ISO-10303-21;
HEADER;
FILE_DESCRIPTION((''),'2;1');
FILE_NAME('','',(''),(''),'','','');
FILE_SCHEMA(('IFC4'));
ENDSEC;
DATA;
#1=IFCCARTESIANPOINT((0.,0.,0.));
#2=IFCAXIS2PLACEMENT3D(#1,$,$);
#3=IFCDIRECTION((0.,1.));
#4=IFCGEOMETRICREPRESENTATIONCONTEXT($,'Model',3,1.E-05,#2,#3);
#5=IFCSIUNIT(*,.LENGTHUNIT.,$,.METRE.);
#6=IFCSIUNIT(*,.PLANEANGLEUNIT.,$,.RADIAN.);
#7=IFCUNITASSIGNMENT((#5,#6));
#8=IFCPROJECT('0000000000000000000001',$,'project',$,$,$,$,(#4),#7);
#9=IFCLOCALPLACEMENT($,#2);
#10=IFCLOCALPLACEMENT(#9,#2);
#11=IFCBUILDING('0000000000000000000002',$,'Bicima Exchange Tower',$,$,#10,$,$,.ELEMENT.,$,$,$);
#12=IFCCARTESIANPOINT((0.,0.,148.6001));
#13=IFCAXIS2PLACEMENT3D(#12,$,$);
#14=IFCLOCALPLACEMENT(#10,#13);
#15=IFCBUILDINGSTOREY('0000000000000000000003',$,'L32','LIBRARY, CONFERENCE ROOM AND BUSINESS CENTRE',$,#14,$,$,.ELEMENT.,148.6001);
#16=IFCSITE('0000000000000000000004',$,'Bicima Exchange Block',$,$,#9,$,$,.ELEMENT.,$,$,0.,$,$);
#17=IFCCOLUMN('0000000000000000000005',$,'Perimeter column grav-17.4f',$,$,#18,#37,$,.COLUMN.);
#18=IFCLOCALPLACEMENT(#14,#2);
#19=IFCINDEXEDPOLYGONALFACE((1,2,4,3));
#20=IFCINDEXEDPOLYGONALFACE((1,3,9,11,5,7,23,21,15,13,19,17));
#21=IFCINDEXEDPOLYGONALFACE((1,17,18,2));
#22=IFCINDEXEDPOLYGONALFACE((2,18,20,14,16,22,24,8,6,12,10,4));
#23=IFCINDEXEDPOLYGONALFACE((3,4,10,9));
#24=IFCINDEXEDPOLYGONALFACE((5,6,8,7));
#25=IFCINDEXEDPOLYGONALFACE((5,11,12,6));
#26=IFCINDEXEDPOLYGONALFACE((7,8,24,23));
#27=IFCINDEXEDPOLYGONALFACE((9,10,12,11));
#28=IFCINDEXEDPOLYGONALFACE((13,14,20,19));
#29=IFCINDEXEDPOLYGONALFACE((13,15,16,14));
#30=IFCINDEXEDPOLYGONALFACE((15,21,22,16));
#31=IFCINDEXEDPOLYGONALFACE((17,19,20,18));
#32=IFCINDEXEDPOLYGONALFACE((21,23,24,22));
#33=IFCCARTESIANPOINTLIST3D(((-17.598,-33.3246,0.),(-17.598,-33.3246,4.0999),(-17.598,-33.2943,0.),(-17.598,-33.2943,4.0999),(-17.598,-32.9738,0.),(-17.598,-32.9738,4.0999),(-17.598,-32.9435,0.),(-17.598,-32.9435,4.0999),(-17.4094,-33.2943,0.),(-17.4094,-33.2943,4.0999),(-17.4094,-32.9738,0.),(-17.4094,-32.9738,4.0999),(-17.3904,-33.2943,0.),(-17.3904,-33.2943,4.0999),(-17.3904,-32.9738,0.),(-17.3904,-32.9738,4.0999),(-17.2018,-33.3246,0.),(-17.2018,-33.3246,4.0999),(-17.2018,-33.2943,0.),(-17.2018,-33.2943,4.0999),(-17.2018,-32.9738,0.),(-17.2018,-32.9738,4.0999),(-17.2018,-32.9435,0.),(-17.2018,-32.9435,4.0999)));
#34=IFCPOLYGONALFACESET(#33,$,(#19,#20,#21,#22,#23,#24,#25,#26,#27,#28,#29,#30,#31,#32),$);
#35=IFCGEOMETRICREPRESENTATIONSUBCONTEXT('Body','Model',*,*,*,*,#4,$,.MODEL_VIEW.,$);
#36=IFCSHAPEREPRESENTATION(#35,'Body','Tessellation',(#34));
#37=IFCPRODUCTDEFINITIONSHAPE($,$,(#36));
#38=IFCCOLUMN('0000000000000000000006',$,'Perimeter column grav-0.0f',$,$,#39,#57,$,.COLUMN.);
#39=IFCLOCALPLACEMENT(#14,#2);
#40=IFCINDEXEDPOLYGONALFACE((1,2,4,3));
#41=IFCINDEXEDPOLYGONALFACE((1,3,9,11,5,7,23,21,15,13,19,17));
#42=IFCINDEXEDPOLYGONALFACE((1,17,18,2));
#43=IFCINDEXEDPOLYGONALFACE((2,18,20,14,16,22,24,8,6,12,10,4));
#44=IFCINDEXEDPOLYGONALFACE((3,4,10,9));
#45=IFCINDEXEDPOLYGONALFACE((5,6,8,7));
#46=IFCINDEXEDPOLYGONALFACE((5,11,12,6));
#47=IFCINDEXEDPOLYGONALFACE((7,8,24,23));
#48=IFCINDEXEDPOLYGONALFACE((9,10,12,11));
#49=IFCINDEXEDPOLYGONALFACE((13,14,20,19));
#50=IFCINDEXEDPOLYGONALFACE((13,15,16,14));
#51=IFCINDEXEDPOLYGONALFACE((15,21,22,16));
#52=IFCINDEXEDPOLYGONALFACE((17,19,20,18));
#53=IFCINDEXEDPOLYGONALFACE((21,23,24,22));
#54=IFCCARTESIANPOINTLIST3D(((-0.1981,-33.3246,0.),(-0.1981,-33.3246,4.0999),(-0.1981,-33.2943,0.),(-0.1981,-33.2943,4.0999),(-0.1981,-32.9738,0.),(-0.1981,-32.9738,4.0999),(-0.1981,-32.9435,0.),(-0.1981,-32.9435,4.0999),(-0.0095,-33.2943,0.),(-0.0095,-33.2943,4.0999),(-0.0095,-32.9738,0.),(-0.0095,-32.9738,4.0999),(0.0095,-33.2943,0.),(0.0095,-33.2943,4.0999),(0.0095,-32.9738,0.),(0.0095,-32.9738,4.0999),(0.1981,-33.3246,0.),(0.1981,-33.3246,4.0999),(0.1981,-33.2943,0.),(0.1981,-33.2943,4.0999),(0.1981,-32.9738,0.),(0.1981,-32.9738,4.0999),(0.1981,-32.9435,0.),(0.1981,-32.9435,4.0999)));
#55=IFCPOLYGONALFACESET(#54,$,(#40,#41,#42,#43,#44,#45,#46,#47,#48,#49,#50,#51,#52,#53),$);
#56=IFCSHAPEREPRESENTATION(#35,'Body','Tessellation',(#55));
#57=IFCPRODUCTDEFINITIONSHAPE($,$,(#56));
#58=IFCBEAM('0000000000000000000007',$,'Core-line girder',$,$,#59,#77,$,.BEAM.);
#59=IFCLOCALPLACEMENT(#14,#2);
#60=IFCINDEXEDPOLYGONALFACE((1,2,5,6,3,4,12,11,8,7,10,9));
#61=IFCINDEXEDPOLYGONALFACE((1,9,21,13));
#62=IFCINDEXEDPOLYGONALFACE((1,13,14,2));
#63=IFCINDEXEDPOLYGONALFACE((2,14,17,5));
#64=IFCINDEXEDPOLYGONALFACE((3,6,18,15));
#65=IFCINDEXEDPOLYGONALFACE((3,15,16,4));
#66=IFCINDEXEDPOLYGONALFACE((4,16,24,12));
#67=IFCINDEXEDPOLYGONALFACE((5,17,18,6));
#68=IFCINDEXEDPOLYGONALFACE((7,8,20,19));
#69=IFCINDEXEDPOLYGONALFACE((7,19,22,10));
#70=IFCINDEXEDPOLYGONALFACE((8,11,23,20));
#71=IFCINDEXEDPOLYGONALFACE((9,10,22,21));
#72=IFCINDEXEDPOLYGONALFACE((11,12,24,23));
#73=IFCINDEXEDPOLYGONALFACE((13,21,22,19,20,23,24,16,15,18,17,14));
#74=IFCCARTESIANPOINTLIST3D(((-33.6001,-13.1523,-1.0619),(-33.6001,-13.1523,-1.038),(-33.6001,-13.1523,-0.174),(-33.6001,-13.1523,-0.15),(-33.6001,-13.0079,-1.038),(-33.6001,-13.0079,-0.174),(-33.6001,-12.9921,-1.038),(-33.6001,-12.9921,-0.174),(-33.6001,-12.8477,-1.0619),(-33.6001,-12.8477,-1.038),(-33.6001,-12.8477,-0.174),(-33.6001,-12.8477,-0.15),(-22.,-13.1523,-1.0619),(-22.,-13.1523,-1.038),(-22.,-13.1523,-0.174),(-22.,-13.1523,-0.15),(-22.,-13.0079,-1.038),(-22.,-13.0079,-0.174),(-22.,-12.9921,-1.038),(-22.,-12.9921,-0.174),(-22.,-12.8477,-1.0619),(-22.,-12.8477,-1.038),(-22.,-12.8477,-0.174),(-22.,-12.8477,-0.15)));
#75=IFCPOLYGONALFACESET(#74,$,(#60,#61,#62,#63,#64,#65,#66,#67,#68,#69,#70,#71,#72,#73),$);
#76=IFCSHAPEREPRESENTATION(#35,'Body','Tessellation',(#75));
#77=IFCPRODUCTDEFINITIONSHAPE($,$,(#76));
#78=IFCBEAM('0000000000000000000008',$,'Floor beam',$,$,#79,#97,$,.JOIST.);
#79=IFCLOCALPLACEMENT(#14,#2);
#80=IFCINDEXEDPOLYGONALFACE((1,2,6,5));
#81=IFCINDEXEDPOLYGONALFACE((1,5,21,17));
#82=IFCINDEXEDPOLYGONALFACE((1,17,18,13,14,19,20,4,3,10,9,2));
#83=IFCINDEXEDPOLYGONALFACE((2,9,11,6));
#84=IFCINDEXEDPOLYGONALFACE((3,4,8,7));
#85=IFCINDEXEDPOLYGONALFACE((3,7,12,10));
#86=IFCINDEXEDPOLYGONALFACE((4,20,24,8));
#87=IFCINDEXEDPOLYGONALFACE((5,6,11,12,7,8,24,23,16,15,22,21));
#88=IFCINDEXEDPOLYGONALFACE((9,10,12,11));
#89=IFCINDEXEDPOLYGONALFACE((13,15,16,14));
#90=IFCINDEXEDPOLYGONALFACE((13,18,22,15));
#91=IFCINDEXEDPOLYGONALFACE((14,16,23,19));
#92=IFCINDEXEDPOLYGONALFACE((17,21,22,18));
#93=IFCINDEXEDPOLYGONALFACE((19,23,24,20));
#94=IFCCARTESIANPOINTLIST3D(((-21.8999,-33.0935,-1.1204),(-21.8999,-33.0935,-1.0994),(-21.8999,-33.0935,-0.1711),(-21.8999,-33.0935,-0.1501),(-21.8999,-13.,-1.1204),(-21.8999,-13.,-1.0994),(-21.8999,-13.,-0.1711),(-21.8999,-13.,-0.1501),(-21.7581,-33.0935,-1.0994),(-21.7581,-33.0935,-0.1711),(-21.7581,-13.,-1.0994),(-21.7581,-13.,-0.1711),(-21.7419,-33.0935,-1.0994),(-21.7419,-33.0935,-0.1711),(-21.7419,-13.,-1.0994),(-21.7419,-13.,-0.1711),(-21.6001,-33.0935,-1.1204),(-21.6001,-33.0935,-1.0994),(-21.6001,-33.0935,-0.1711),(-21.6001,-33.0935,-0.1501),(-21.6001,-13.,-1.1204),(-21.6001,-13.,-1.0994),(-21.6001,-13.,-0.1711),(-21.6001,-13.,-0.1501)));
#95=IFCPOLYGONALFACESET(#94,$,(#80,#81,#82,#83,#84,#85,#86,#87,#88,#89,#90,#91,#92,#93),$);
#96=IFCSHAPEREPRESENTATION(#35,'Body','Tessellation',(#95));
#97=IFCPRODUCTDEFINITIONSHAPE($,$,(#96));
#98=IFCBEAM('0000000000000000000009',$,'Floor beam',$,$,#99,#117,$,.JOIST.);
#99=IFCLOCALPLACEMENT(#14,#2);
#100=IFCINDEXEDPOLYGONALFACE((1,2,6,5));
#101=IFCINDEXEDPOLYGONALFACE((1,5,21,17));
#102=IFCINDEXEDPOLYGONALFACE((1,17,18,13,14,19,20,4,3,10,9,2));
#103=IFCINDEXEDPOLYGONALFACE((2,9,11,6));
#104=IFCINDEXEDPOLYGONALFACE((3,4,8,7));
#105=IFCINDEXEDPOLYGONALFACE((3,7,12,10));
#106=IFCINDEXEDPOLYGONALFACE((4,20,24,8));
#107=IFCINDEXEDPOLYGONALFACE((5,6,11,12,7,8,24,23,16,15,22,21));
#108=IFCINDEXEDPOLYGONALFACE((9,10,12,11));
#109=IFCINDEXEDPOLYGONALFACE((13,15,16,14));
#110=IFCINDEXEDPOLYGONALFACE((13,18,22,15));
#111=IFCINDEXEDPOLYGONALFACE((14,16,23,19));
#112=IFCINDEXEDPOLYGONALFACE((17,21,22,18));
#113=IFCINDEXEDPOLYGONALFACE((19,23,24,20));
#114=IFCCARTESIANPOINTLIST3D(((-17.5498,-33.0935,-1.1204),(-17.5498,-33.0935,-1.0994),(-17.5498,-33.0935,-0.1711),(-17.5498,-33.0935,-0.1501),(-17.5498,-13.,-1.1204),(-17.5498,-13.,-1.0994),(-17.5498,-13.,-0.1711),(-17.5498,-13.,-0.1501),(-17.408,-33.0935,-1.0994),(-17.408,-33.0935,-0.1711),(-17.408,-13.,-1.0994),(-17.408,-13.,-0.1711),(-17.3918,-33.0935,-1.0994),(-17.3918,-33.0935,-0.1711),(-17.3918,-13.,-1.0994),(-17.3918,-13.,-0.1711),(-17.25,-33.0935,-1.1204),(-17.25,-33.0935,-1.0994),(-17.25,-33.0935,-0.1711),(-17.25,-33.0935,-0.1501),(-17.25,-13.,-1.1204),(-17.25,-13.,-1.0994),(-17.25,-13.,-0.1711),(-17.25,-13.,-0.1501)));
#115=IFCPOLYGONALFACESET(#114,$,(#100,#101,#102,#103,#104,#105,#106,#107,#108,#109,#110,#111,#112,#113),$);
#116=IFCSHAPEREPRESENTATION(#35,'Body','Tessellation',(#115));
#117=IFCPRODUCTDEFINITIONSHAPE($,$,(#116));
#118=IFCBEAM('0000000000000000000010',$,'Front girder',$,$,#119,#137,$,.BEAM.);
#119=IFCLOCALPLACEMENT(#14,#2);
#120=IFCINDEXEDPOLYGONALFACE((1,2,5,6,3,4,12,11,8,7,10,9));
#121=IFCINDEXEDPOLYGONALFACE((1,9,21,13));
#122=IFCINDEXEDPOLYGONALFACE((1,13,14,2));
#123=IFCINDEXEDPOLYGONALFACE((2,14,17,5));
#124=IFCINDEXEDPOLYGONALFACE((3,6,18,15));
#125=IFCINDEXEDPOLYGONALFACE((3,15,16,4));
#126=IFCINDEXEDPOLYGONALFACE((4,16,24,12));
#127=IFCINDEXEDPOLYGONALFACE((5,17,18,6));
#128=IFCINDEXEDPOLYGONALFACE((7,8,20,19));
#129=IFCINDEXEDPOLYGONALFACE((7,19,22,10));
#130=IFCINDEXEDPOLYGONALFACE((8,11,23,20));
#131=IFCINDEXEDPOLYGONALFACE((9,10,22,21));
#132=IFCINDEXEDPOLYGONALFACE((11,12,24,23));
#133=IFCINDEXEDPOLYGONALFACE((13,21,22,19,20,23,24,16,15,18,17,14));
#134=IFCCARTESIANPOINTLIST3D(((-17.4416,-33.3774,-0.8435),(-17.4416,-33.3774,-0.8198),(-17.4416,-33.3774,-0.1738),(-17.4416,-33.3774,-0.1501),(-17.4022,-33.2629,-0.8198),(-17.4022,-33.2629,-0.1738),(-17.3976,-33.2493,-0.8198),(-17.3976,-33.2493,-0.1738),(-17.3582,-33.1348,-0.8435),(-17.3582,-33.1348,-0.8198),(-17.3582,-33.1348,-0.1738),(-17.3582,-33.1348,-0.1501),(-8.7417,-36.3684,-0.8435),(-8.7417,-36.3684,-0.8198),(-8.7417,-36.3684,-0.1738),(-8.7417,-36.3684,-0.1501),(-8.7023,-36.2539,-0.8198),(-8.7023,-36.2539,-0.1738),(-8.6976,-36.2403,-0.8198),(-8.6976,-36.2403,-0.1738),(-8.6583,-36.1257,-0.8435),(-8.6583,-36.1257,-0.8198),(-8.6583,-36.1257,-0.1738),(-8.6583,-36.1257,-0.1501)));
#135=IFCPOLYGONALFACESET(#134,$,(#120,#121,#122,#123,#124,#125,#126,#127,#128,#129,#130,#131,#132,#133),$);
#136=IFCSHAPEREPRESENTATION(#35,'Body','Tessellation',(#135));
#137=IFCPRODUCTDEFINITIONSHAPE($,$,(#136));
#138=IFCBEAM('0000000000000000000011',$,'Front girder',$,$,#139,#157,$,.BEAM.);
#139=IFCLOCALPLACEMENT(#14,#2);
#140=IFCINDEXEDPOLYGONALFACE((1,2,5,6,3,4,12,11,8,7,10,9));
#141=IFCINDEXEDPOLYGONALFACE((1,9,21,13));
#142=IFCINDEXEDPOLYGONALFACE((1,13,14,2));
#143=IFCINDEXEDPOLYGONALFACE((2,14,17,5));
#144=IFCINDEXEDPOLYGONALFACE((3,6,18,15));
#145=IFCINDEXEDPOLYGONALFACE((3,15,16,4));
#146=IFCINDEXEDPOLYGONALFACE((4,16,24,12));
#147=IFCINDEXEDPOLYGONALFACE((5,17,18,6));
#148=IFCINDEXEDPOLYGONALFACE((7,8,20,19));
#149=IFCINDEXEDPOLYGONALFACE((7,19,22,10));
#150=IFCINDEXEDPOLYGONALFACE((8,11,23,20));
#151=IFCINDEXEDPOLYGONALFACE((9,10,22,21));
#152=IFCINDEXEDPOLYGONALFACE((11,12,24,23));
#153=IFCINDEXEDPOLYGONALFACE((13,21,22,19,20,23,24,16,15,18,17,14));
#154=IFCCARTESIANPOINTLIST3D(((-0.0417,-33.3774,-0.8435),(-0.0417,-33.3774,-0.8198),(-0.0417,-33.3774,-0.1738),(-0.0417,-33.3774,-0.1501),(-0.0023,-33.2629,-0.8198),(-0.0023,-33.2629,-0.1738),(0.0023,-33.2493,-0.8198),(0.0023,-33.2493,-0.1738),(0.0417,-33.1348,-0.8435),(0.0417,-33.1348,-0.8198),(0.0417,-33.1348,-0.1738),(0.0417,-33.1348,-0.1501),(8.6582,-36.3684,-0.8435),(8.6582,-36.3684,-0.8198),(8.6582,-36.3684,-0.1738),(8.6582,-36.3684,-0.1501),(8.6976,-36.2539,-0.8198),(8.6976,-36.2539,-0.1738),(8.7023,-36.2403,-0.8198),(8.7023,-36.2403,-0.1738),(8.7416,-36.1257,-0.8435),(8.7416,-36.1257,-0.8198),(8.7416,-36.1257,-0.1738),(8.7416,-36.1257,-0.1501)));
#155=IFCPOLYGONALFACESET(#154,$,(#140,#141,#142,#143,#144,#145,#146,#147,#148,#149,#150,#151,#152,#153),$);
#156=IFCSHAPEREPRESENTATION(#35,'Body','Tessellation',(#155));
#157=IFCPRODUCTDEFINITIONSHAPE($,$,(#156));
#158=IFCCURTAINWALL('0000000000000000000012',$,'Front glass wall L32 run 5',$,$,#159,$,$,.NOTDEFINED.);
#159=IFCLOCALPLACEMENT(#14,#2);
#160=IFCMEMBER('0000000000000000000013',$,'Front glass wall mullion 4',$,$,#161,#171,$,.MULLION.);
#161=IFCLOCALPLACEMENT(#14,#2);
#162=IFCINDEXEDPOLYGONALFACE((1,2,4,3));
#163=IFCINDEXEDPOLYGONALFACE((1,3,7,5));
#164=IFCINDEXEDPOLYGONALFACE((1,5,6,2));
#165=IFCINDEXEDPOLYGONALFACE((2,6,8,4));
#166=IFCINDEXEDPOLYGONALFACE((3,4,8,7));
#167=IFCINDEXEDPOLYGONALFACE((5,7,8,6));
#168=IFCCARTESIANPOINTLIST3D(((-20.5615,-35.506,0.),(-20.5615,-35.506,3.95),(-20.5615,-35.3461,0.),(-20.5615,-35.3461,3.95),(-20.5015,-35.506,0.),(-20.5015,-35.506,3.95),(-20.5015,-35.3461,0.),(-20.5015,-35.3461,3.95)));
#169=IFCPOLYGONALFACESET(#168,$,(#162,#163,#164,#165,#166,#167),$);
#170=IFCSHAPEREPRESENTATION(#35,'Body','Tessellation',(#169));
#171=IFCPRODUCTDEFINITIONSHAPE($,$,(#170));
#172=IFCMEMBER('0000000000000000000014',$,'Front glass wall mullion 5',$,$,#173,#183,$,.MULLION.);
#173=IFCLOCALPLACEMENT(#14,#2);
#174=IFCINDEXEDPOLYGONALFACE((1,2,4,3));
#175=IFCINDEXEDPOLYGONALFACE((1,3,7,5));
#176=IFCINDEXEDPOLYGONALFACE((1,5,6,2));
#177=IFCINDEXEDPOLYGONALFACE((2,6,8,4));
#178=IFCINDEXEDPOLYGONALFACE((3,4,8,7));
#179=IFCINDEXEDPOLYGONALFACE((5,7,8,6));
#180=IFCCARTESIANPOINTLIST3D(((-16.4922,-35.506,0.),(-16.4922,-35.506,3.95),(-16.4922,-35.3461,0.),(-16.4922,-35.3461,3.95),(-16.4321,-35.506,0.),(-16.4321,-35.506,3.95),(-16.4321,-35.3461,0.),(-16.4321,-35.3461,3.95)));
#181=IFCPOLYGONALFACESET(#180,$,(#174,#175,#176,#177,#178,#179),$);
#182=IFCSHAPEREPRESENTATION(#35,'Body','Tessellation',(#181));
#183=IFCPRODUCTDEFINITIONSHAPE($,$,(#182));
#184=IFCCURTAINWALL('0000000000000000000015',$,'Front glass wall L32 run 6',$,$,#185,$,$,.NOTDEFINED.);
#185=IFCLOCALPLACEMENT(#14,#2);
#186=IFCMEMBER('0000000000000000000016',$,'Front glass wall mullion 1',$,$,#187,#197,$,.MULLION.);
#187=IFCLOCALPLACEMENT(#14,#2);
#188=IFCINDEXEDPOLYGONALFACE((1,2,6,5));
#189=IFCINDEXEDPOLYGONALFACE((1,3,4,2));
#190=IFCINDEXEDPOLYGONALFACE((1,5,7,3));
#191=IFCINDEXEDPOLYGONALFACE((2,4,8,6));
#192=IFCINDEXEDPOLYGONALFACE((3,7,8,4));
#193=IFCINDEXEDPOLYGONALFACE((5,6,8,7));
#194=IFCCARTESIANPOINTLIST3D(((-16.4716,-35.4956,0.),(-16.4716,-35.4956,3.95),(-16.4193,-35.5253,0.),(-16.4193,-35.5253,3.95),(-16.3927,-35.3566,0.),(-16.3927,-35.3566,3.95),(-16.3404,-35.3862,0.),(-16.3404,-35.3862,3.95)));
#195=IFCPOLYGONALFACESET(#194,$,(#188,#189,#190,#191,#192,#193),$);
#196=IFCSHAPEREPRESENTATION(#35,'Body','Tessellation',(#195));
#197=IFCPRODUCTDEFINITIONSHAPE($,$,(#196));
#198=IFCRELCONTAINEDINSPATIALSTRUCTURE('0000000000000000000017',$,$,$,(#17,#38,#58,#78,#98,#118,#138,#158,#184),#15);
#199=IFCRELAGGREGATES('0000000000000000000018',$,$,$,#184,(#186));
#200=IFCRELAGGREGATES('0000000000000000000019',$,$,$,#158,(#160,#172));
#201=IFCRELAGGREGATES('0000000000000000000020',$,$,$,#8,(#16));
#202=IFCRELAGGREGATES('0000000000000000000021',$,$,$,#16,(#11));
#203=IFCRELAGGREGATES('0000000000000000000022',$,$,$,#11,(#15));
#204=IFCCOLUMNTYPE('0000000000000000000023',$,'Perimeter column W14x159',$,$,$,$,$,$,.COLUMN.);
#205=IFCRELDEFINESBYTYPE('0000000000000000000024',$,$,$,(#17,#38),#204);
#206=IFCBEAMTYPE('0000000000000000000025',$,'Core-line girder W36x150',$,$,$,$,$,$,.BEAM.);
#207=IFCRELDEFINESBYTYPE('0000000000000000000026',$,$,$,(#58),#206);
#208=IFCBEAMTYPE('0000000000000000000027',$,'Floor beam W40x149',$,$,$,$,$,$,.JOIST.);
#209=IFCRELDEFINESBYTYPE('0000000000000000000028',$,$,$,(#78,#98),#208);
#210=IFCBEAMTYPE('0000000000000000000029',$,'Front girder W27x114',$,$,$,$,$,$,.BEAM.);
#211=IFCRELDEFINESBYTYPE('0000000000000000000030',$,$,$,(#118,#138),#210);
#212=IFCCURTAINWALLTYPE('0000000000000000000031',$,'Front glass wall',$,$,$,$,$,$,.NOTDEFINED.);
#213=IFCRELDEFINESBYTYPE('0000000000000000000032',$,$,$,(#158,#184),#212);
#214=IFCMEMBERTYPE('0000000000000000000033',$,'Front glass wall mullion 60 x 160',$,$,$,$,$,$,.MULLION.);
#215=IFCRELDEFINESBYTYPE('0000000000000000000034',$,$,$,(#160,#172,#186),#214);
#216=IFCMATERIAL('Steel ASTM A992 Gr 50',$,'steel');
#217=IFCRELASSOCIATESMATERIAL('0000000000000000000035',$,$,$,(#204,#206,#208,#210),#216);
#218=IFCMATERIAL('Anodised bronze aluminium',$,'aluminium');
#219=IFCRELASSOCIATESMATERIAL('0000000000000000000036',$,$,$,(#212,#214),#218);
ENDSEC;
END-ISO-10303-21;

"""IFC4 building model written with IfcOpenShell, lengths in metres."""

from ifc_helpers import new_model, si_unit, direction, frame, origin, origin_2d, place, context, subcontext, project, spatial, rectangle, i_section, extrude, material, material_profile, profile_set, type_object, element, aggregate, save


model = new_model("IFC4")

# Units and contexts
model_context = context("Model", 3, precision=1e-05, world=origin(), true_north=direction((0.0, 1.0)))
body_context = subcontext(model_context, "Body", "Model", "MODEL_VIEW")
ifc_project = project(units=[si_unit("LENGTHUNIT", "METRE"), si_unit("PLANEANGLEUNIT", "RADIAN")], contexts=[model_context])

# Site, building, storey
site_placement = place(None, origin())
site = spatial("IfcSite", under=ifc_project, at=site_placement, Name="Bicima Exchange Block", CompositionType="ELEMENT", RefElevation=0.0)
building_placement = place(site_placement, origin())
building = spatial("IfcBuilding", under=site, at=building_placement, Name="Bicima Exchange Tower", CompositionType="ELEMENT")
storey_placement = place(building_placement, frame((0.0, 0.0, 148.6001)))
storey = spatial("IfcBuildingStorey", under=building, at=storey_placement, Name="L32", Description="LIBRARY, CONFERENCE ROOM AND BUSINESS CENTRE", CompositionType="ELEMENT", Elevation=148.6001)

# Columns
ifc_material_1 = material(Name="Steel ASTM A992 Gr 50", Category="steel")
ifc_material_profile_1 = material_profile(ifc_material_1, i_section(OverallWidth=0.3962, OverallDepth=0.3811, WebThickness=0.019, FlangeThickness=0.0303, at=origin_2d()))
ifc_profile_set_1 = profile_set([ifc_material_profile_1], Name="Steel ASTM A992 Gr 50")
column_type = type_object("IfcColumnType", Name="Perimeter column W14x159", PredefinedType="COLUMN", material=ifc_profile_set_1)
for number, where, z_axis, x_axis, name in (
    (1, (-17.3999, -33.134, 0.0), (0.0, 0.0, 1.0), (1.0, 0.0, 0.0), "Perimeter column grav-17.4f"),
    (2, (0.0, -33.134, 0.0), (0.0, 0.0, 1.0), (1.0, 0.0, 0.0), "Perimeter column grav-0.0f"),
):
    element("IfcColumn", number, at=place(storey_placement, frame(where, z_axis=z_axis, x_axis=x_axis)), inside=storey, type_object=column_type, Name=name, PredefinedType="COLUMN", context=body_context, shape_type="SweptSolid", body=[
        extrude(i_section(OverallWidth=0.3962, OverallDepth=0.3811, WebThickness=0.019, FlangeThickness=0.0303, at=origin_2d()), origin(), (0.0, 0.0, 1.0), 4.0999),
    ])

# Beams
ifc_material_profile_2 = material_profile(ifc_material_1, i_section(OverallWidth=0.3047, OverallDepth=0.9119, WebThickness=0.0159, FlangeThickness=0.0239, at=origin_2d()))
ifc_profile_set_2 = profile_set([ifc_material_profile_2], Name="Steel ASTM A992 Gr 50")
beam_type_1 = type_object("IfcBeamType", Name="Core-line girder W36x150", PredefinedType="BEAM", material=ifc_profile_set_2)
beam_placement = place(storey_placement, frame((-22.0, -13.0, -0.606), z_axis=(-1.0, 0.0, 0.0), x_axis=(0.0, -1.0, 0.0)))
element("IfcBeam", 3, at=beam_placement, inside=storey, type_object=beam_type_1, Name="Core-line girder", PredefinedType="BEAM", context=body_context, shape_type="SweptSolid", body=[
    extrude(i_section(OverallWidth=0.3047, OverallDepth=0.9119, WebThickness=0.0159, FlangeThickness=0.0239, at=origin_2d()), origin(), (0.0, 0.0, 1.0), 11.6001),
])
ifc_material_profile_3 = material_profile(ifc_material_1, i_section(OverallWidth=0.2998, OverallDepth=0.9702, WebThickness=0.0161, FlangeThickness=0.021, at=origin_2d()))
ifc_profile_set_3 = profile_set([ifc_material_profile_3], Name="Steel ASTM A992 Gr 50")
beam_type_2 = type_object("IfcBeamType", Name="Floor beam W40x149", PredefinedType="JOIST", material=ifc_profile_set_3)
for number, where, z_axis, x_axis, name in (
    (4, (-21.75, -13.0, -0.6353), (0.0, -1.0, 0.0), (1.0, 0.0, 0.0), "Floor beam"),
    (5, (-17.3999, -13.0, -0.6353), (0.0, -1.0, 0.0), (1.0, 0.0, 0.0), "Floor beam"),
):
    element("IfcBeam", number, at=place(storey_placement, frame(where, z_axis=z_axis, x_axis=x_axis)), inside=storey, type_object=beam_type_2, Name=name, PredefinedType="JOIST", context=body_context, shape_type="SweptSolid", body=[
        extrude(i_section(OverallWidth=0.2998, OverallDepth=0.9702, WebThickness=0.0161, FlangeThickness=0.021, at=origin_2d()), origin(), (0.0, 0.0, 1.0), 20.0935),
    ])
ifc_material_profile_4 = material_profile(ifc_material_1, i_section(OverallWidth=0.2566, OverallDepth=0.6934, WebThickness=0.0144, FlangeThickness=0.0237, at=origin_2d()))
ifc_profile_set_4 = profile_set([ifc_material_profile_4], Name="Steel ASTM A992 Gr 50")
beam_type_3 = type_object("IfcBeamType", Name="Front girder W27x114", PredefinedType="BEAM", material=ifc_profile_set_4)
for number, where, z_axis, x_axis, name in (
    (6, (-17.3999, -33.2561, -0.4968), (0.945675, -0.325115, 0.0), (0.325115, 0.945675, 0.0), "Front girder"),
    (7, (0.0, -33.2561, -0.4968), (0.945675, -0.325115, 0.0), (0.325115, 0.945675, 0.0), "Front girder"),
):
    element("IfcBeam", number, at=place(storey_placement, frame(where, z_axis=z_axis, x_axis=x_axis)), inside=storey, type_object=beam_type_3, Name=name, PredefinedType="BEAM", context=body_context, shape_type="SweptSolid", body=[
        extrude(i_section(OverallWidth=0.2566, OverallDepth=0.6934, WebThickness=0.0144, FlangeThickness=0.0237, at=origin_2d()), origin(), (0.0, 0.0, 1.0), 9.1997),
    ])

# Curtain walls, members
ifc_material_2 = material(Name="Anodised bronze aluminium", Category="aluminium")
curtain_wall_type = type_object("IfcCurtainWallType", Name="Front glass wall", PredefinedType="NOTDEFINED", material=ifc_material_2)
curtain_wall_1_placement = place(storey_placement, origin())
curtain_wall_1 = element("IfcCurtainWall", 8, at=curtain_wall_1_placement, inside=storey, type_object=curtain_wall_type, Name="Front glass wall L32 run 5", PredefinedType="NOTDEFINED")
ifc_material_profile_5 = material_profile(ifc_material_2, rectangle(XDim=0.1599, YDim=0.0601, at=origin_2d()))
ifc_profile_set_5 = profile_set([ifc_material_profile_5], Name="Anodised bronze aluminium")
member_type_1 = type_object("IfcMemberType", Name="Front glass wall mullion 60 x 160", PredefinedType="MULLION", material=ifc_profile_set_5)
member_1_placement = place(storey_placement, frame((-20.5315, -35.426, 0.0), z_axis=(0.0, 0.0, 1.0), x_axis=(0.0, 1.0, 0.0)))
member_1 = element("IfcMember", 9, at=member_1_placement, type_object=member_type_1, Name="Front glass wall mullion 4", PredefinedType="MULLION", context=body_context, shape_type="SweptSolid", body=[
    extrude(rectangle(XDim=0.1599, YDim=0.0601, at=origin_2d()), origin(), (0.0, 0.0, 1.0), 3.95),
])
member_2_placement = place(storey_placement, frame((-16.4622, -35.426, 0.0), z_axis=(0.0, 0.0, 1.0), x_axis=(0.0, 1.0, 0.0)))
member_2 = element("IfcMember", 10, at=member_2_placement, type_object=member_type_1, Name="Front glass wall mullion 5", PredefinedType="MULLION", context=body_context, shape_type="SweptSolid", body=[
    extrude(rectangle(XDim=0.1599, YDim=0.0601, at=origin_2d()), origin(), (0.0, 0.0, 1.0), 3.95),
])
curtain_wall_2_placement = place(storey_placement, origin())
curtain_wall_2 = element("IfcCurtainWall", 11, at=curtain_wall_2_placement, inside=storey, type_object=curtain_wall_type, Name="Front glass wall L32 run 6", PredefinedType="NOTDEFINED")
member_3_placement = place(storey_placement, frame((-16.406, -35.4409, 0.0), z_axis=(0.0, 0.0, 1.0), x_axis=(0.493395, 0.869805, 0.0)))
member_3 = element("IfcMember", 12, at=member_3_placement, type_object=member_type_1, Name="Front glass wall mullion 1", PredefinedType="MULLION", context=body_context, shape_type="SweptSolid", body=[
    extrude(rectangle(XDim=0.1599, YDim=0.0601, at=origin_2d()), origin(), (0.0, 0.0, 1.0), 3.95),
])

aggregate(curtain_wall_2, [member_3])

aggregate(curtain_wall_1, [member_1, member_2])

save(model, "model.ifc")
